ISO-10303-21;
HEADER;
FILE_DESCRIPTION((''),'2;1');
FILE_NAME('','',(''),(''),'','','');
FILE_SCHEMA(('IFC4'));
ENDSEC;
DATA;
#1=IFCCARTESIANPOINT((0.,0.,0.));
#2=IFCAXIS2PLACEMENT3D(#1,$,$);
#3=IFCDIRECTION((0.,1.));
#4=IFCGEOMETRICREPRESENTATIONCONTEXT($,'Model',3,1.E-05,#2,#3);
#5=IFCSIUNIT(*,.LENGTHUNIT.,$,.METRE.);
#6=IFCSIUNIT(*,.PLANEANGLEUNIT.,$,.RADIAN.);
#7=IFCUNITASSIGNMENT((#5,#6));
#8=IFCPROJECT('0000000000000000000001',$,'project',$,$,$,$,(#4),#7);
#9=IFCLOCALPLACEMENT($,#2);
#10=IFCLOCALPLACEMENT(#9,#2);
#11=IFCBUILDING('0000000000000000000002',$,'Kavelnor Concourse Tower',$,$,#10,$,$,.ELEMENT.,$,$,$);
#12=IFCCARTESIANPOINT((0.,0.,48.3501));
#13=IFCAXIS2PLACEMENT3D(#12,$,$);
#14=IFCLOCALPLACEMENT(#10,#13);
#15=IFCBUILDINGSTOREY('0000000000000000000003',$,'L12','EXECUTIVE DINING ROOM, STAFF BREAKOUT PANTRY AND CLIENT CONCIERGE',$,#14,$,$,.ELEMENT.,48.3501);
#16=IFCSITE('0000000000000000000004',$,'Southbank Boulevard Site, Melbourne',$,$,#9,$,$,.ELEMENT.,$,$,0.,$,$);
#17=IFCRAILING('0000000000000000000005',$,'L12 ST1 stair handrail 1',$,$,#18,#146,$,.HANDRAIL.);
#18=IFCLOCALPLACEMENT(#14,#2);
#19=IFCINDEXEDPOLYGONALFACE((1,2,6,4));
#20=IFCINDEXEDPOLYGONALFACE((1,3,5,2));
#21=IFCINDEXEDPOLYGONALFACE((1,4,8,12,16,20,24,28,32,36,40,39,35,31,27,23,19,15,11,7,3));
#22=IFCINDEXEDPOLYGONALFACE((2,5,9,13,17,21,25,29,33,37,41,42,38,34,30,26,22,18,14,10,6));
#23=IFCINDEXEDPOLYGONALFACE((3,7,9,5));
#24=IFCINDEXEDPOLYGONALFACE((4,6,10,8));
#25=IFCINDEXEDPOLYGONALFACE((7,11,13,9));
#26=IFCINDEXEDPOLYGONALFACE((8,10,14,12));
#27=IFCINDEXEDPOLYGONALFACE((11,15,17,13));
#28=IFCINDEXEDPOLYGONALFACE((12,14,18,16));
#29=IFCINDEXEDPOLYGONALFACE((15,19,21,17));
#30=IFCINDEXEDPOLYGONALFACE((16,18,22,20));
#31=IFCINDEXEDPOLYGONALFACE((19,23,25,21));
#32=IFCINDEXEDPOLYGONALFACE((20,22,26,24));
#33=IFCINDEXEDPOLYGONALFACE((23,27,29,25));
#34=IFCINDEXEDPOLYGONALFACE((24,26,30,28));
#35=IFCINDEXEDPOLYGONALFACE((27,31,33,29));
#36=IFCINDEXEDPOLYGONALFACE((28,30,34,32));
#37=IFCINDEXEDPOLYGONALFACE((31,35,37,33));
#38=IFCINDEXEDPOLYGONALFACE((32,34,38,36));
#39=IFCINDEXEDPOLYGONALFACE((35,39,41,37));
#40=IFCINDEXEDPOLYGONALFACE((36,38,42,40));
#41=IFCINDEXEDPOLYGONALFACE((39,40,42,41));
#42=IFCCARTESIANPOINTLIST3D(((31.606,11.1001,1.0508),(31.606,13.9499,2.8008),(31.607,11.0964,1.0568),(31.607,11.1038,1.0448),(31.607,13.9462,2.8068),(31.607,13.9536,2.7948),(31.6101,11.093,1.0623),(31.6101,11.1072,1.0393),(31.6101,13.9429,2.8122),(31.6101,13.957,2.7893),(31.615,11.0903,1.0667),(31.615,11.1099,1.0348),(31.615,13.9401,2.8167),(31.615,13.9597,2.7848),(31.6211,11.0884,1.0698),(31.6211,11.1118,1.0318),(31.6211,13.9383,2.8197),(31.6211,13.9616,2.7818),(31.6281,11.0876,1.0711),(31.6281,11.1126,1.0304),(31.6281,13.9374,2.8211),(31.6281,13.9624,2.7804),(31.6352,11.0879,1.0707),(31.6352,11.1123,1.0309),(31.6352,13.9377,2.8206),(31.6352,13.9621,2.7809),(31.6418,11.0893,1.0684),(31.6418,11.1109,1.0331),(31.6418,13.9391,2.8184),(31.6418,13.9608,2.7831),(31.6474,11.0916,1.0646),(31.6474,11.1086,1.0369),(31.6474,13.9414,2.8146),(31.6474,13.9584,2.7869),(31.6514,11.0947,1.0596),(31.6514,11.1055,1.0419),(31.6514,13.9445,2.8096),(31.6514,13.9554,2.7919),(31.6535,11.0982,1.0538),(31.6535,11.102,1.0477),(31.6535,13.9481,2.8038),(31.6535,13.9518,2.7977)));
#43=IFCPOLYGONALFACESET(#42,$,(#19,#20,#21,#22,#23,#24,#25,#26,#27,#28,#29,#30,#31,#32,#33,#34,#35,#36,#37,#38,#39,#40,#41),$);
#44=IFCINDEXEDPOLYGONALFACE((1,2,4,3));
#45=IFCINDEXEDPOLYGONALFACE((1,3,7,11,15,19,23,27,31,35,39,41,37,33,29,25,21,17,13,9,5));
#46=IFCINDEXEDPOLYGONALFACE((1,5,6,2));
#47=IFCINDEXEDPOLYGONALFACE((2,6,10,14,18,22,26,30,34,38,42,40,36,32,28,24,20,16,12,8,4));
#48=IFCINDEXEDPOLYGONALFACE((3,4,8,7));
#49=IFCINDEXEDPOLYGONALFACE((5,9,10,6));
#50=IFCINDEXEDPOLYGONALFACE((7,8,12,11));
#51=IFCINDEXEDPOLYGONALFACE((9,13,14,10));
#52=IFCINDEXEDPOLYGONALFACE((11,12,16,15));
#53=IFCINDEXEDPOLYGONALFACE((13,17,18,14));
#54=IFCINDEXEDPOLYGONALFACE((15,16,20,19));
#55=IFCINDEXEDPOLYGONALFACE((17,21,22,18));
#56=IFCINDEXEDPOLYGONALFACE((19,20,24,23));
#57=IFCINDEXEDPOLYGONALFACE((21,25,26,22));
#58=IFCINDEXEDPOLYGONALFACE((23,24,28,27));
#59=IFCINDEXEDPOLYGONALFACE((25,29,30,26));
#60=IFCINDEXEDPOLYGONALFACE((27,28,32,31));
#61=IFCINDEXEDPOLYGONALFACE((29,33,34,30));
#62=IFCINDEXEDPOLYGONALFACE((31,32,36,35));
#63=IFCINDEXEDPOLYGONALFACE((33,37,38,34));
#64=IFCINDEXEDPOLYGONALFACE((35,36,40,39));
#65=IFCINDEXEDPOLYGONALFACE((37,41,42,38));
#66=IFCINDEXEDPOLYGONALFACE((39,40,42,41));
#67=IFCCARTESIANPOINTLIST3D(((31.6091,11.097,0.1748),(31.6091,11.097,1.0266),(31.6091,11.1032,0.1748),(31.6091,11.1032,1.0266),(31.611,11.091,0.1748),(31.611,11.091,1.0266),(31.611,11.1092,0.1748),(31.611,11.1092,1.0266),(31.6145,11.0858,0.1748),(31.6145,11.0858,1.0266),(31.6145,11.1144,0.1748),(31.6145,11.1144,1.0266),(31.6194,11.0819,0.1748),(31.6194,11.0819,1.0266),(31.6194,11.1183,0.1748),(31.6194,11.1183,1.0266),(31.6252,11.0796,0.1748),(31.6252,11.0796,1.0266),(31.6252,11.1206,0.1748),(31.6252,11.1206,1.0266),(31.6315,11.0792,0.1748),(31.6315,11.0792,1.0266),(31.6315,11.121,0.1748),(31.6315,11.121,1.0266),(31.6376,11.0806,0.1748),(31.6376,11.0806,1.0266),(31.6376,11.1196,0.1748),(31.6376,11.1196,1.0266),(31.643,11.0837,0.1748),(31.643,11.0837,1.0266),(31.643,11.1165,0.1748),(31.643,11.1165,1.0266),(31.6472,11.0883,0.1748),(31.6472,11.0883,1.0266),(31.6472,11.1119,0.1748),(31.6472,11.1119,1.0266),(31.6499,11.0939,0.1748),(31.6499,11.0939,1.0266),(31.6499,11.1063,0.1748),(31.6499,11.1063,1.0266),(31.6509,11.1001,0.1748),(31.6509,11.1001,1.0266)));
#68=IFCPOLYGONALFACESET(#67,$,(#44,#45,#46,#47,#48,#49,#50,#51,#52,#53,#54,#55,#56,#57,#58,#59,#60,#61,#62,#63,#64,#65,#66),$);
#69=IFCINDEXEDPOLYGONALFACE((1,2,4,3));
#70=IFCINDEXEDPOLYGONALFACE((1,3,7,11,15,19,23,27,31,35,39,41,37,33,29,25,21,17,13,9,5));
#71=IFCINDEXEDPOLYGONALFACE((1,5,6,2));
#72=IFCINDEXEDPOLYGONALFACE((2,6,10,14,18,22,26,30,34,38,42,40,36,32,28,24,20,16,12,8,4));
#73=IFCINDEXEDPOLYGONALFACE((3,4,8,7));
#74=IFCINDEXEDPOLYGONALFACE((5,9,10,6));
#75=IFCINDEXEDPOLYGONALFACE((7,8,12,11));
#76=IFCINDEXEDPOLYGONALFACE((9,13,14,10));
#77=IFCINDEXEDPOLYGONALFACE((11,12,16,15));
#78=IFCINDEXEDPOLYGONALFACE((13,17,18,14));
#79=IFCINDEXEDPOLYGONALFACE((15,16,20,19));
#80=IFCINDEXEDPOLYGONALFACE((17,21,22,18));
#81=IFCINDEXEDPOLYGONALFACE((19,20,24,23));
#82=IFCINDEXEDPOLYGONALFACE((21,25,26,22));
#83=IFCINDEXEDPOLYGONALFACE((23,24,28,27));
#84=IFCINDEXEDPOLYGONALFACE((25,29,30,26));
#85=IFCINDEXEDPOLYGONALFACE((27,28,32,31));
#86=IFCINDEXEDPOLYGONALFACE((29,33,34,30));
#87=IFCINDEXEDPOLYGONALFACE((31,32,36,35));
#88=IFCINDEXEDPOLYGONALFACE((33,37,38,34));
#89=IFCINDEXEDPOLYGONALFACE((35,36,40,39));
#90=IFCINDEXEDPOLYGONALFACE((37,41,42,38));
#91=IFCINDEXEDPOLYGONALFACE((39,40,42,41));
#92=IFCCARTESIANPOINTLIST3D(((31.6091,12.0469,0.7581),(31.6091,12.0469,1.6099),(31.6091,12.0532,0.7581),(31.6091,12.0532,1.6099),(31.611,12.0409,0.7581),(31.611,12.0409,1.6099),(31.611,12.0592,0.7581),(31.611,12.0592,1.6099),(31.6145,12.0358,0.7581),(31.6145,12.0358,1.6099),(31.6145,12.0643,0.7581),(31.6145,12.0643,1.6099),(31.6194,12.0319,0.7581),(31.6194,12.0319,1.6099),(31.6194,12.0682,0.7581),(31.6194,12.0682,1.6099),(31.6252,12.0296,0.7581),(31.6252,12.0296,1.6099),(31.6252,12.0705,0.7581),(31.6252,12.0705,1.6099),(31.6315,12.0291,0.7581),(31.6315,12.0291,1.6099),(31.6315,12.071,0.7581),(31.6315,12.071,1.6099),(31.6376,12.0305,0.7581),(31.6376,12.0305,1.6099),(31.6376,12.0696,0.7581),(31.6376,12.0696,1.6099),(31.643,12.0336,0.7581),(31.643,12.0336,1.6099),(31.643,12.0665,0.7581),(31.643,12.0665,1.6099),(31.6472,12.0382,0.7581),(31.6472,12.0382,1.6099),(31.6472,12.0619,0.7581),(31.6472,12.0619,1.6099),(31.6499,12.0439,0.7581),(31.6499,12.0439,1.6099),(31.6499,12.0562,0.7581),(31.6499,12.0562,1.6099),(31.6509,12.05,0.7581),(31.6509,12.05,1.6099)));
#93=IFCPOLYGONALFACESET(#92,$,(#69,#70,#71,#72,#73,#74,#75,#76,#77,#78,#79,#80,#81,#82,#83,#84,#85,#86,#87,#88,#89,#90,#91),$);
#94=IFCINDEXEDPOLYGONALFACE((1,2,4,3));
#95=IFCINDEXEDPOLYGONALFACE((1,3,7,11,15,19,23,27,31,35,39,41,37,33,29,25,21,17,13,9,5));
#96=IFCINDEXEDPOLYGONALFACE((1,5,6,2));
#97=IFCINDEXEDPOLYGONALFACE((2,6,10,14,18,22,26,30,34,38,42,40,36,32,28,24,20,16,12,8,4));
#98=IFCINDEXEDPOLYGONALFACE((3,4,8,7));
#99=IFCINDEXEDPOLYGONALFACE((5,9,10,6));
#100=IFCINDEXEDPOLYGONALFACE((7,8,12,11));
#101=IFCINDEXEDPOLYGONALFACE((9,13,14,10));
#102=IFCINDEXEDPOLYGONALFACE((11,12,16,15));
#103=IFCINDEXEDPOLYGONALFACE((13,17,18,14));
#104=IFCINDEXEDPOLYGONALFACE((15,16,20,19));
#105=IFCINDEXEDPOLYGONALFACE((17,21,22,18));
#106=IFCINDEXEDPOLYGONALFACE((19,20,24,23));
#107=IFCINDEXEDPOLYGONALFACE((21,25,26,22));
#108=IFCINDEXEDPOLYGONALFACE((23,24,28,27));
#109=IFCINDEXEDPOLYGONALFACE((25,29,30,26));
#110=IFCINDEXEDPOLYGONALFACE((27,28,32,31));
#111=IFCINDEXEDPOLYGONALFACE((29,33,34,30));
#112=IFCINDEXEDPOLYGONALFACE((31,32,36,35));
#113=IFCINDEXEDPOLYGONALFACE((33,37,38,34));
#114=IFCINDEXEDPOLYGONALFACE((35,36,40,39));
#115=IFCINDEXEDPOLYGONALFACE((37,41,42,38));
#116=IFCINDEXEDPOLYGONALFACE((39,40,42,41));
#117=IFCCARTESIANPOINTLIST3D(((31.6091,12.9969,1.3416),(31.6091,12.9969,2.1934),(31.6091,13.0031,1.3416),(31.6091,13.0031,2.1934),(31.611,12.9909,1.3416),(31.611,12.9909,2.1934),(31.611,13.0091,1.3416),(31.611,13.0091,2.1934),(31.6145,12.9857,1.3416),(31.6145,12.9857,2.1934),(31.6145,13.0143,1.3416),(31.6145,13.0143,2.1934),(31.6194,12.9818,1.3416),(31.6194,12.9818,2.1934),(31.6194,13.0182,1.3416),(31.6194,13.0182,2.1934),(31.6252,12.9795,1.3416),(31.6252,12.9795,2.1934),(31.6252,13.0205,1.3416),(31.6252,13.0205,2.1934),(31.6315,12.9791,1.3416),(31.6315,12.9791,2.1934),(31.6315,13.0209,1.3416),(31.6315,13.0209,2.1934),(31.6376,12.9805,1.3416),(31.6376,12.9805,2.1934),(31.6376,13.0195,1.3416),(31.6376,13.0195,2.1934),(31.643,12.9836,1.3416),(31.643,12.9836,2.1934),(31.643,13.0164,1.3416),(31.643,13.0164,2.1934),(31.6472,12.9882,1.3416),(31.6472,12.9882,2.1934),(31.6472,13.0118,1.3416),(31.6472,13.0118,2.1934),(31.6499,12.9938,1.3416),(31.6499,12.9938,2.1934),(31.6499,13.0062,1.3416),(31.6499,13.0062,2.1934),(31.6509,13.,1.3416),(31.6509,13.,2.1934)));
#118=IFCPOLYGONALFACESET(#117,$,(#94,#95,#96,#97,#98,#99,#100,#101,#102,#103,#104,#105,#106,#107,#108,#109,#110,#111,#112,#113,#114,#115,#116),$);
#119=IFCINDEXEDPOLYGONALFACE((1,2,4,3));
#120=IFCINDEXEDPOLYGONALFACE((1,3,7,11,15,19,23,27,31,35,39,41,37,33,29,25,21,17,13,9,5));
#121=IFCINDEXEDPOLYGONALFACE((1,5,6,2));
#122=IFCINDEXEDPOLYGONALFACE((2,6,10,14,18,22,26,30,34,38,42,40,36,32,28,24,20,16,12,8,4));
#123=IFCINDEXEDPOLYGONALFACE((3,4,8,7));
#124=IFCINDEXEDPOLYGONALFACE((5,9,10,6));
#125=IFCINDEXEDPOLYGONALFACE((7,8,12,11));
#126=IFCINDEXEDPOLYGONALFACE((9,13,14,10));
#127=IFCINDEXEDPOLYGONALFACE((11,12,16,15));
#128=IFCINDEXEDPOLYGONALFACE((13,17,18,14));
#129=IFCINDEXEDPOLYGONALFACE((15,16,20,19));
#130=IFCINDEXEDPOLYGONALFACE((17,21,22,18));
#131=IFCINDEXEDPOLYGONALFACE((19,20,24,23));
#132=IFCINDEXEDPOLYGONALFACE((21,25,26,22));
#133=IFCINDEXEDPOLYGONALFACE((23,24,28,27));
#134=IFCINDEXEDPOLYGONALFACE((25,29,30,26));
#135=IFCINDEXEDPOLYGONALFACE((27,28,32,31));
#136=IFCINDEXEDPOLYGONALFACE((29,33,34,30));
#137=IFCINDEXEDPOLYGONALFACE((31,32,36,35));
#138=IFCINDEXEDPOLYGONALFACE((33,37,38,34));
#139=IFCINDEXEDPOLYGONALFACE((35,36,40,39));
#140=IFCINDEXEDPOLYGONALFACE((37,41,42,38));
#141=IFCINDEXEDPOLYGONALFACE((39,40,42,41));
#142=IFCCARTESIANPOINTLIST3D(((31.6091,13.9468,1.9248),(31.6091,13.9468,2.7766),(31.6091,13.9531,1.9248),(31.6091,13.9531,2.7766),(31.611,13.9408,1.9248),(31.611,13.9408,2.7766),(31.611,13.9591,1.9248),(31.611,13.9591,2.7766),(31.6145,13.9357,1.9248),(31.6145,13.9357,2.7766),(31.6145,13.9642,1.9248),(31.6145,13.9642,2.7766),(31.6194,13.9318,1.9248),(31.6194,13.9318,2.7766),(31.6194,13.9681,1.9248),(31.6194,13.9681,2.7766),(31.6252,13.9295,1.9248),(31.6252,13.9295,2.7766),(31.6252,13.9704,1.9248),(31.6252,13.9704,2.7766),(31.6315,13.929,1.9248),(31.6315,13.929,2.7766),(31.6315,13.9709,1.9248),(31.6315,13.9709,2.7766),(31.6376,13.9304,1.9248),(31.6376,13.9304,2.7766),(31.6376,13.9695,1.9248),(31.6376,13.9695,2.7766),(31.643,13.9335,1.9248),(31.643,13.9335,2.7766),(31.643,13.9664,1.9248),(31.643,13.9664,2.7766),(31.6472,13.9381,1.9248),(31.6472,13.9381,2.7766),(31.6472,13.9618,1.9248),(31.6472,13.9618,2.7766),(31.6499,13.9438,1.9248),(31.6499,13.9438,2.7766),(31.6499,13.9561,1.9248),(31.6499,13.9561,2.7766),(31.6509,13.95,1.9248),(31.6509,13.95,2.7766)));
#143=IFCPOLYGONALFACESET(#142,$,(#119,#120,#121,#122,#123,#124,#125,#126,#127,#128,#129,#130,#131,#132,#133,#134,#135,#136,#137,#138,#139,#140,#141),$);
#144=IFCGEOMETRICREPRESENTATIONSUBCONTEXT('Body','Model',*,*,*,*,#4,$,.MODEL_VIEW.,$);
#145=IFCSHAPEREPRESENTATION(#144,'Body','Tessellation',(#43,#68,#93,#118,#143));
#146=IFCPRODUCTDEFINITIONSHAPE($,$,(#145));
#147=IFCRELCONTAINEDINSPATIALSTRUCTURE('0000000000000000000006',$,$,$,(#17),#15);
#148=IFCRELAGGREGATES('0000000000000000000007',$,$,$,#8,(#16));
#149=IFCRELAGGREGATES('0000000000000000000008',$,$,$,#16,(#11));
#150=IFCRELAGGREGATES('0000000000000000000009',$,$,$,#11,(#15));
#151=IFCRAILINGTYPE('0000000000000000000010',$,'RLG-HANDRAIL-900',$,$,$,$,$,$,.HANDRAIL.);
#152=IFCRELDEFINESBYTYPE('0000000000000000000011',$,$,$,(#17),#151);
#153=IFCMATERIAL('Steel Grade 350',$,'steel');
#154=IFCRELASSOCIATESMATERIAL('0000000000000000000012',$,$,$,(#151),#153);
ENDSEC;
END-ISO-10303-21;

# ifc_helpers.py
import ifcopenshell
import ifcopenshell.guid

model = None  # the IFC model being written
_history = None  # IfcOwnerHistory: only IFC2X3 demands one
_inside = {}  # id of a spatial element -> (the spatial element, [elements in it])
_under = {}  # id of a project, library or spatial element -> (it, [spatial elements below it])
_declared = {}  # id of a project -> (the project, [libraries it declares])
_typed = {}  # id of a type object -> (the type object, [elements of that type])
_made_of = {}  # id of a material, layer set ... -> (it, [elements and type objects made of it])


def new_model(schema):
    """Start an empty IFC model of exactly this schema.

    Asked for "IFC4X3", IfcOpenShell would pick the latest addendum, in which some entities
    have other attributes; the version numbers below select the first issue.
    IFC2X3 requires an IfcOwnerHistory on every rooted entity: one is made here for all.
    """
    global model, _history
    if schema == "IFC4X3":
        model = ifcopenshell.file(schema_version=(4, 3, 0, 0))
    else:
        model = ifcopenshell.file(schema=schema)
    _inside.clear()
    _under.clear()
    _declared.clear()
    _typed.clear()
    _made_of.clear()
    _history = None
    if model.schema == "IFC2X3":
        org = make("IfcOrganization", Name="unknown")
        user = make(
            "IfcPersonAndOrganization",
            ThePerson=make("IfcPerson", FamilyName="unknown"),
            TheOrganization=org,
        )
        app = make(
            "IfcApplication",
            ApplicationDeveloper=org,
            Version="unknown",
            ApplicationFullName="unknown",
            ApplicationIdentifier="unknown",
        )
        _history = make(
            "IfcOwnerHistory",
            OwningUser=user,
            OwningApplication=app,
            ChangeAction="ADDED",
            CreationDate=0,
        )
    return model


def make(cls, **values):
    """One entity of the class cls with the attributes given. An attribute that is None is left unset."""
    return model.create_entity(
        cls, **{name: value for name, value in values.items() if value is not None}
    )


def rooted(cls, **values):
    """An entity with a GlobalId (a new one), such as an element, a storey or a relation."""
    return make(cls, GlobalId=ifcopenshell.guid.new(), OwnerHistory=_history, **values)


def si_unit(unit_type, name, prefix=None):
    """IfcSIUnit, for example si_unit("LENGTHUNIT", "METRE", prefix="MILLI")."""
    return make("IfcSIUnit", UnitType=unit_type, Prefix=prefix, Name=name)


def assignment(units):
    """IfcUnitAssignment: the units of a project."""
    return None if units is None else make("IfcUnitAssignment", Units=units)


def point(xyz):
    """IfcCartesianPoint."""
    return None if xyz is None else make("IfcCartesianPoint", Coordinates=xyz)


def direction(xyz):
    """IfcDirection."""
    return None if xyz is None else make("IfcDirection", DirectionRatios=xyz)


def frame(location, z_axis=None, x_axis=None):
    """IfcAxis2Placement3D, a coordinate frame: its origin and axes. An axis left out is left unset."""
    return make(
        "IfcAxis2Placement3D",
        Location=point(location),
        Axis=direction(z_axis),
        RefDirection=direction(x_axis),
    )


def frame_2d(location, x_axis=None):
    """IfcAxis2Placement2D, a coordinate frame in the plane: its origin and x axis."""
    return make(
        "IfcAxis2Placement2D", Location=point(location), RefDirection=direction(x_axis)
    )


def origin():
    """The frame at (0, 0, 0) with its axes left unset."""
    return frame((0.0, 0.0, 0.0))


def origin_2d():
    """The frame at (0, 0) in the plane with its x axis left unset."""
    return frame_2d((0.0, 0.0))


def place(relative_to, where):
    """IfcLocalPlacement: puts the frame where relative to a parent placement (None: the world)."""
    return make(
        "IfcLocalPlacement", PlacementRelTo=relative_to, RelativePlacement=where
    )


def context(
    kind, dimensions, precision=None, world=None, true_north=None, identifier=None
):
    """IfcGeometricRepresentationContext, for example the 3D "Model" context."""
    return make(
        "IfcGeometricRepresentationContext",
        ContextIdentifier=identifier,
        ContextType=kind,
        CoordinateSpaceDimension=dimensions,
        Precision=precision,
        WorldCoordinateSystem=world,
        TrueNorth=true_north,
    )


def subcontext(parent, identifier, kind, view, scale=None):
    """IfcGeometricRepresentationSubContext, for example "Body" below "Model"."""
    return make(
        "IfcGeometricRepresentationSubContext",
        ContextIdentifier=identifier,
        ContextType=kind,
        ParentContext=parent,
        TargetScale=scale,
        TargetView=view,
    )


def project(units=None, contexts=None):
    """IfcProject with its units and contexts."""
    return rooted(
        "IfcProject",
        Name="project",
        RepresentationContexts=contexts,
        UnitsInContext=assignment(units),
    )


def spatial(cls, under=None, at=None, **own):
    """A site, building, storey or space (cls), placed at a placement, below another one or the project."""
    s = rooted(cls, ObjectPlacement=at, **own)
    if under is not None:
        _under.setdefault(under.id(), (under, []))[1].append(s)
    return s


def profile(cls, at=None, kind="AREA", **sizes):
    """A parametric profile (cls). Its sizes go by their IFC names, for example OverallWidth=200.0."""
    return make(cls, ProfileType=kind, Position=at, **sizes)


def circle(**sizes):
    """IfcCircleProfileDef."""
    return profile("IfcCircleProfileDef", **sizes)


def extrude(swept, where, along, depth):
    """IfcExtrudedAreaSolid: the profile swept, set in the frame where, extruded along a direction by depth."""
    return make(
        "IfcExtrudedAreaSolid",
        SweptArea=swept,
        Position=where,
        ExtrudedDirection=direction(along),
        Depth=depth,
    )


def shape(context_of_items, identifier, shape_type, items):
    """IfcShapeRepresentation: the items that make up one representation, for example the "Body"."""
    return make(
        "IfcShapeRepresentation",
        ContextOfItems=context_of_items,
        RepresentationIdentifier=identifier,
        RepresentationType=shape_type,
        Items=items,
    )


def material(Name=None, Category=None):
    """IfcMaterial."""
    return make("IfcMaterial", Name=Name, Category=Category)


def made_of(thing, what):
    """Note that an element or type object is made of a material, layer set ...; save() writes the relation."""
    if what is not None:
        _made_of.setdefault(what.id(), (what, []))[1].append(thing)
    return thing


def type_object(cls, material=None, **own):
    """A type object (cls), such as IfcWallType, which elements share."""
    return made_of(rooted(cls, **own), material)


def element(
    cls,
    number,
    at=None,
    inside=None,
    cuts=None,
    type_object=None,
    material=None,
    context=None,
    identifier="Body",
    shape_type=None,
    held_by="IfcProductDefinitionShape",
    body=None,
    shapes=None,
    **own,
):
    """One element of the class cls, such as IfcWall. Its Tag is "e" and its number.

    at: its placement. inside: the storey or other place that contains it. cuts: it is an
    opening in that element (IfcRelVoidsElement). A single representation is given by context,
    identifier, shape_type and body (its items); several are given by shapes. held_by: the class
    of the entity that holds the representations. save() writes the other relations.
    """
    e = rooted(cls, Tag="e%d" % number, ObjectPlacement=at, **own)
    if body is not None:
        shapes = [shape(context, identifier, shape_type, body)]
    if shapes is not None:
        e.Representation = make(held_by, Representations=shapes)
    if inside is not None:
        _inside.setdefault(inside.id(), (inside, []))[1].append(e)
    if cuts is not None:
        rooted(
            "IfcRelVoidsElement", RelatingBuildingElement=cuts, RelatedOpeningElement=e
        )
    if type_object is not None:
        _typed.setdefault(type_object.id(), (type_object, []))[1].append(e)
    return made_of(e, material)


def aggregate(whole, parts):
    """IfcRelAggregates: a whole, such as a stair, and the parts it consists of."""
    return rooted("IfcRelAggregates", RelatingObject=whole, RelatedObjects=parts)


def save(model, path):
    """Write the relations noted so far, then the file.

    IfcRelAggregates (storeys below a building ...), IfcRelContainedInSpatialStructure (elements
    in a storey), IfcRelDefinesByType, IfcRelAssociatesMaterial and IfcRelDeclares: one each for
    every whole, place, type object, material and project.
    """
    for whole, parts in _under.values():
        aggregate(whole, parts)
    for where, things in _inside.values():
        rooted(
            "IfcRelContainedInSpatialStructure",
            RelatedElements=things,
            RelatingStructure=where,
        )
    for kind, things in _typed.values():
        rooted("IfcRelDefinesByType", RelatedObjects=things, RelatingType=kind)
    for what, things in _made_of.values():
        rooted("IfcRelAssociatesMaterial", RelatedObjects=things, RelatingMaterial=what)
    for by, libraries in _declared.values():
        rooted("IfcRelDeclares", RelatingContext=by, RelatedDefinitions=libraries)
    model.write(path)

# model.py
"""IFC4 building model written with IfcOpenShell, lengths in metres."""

from ifc_helpers import new_model, si_unit, direction, frame, origin, origin_2d, place, context, subcontext, project, spatial, circle, extrude, material, type_object, element, save


model = new_model("IFC4")

# Units and contexts
model_context = context("Model", 3, precision=1e-05, world=origin(), true_north=direction((0.0, 1.0)))
body_context = subcontext(model_context, "Body", "Model", "MODEL_VIEW")
ifc_project = project(units=[si_unit("LENGTHUNIT", "METRE"), si_unit("PLANEANGLEUNIT", "RADIAN")], contexts=[model_context])

# Site, building, storey
site_placement = place(None, origin())
site = spatial("IfcSite", under=ifc_project, at=site_placement, Name="Southbank Boulevard Site, Melbourne", CompositionType="ELEMENT", RefElevation=0.0)
building_placement = place(site_placement, origin())
building = spatial("IfcBuilding", under=site, at=building_placement, Name="Kavelnor Concourse Tower", CompositionType="ELEMENT")
storey_placement = place(building_placement, frame((0.0, 0.0, 48.3501)))
storey = spatial("IfcBuildingStorey", under=building, at=storey_placement, Name="L12", Description="EXECUTIVE DINING ROOM, STAFF BREAKOUT PANTRY AND CLIENT CONCIERGE", CompositionType="ELEMENT", Elevation=48.3501)

# Shared definitions
ifc_material_1 = material(Name="Steel Grade 350", Category="steel")

# Railing
railing_type_1 = type_object("IfcRailingType", Name="RLG-HANDRAIL-900", PredefinedType="HANDRAIL", material=ifc_material_1)
railing_1_placement = place(storey_placement, frame((31.6299, 11.1001, 0.1748)))
element("IfcRailing", 1, at=railing_1_placement, inside=storey, type_object=railing_type_1, Name="L12 ST1 stair handrail 1", PredefinedType="HANDRAIL", context=body_context, shape_type="SweptSolid", body=[
    extrude(circle(Radius=0.0239, at=origin_2d()), frame((0.0, 0.0, 0.876), z_axis=(0.0, 0.852159, 0.523283), x_axis=(-1.0, 0.0, 0.0)), (0.0, 0.0, 1.0), 3.3442),
    extrude(circle(Radius=0.021, at=origin_2d()), origin(), (0.0, 0.0, 1.0), 0.8518),
    extrude(circle(Radius=0.021, at=origin_2d()), frame((0.0, 0.95, 0.5833)), (0.0, 0.0, 1.0), 0.8518),
    extrude(circle(Radius=0.021, at=origin_2d()), frame((0.0, 1.8999, 1.1667)), (0.0, 0.0, 1.0), 0.8518),
    extrude(circle(Radius=0.021, at=origin_2d()), frame((0.0, 2.8499, 1.75)), (0.0, 0.0, 1.0), 0.8518),
])

save(model, "model.ifc")
